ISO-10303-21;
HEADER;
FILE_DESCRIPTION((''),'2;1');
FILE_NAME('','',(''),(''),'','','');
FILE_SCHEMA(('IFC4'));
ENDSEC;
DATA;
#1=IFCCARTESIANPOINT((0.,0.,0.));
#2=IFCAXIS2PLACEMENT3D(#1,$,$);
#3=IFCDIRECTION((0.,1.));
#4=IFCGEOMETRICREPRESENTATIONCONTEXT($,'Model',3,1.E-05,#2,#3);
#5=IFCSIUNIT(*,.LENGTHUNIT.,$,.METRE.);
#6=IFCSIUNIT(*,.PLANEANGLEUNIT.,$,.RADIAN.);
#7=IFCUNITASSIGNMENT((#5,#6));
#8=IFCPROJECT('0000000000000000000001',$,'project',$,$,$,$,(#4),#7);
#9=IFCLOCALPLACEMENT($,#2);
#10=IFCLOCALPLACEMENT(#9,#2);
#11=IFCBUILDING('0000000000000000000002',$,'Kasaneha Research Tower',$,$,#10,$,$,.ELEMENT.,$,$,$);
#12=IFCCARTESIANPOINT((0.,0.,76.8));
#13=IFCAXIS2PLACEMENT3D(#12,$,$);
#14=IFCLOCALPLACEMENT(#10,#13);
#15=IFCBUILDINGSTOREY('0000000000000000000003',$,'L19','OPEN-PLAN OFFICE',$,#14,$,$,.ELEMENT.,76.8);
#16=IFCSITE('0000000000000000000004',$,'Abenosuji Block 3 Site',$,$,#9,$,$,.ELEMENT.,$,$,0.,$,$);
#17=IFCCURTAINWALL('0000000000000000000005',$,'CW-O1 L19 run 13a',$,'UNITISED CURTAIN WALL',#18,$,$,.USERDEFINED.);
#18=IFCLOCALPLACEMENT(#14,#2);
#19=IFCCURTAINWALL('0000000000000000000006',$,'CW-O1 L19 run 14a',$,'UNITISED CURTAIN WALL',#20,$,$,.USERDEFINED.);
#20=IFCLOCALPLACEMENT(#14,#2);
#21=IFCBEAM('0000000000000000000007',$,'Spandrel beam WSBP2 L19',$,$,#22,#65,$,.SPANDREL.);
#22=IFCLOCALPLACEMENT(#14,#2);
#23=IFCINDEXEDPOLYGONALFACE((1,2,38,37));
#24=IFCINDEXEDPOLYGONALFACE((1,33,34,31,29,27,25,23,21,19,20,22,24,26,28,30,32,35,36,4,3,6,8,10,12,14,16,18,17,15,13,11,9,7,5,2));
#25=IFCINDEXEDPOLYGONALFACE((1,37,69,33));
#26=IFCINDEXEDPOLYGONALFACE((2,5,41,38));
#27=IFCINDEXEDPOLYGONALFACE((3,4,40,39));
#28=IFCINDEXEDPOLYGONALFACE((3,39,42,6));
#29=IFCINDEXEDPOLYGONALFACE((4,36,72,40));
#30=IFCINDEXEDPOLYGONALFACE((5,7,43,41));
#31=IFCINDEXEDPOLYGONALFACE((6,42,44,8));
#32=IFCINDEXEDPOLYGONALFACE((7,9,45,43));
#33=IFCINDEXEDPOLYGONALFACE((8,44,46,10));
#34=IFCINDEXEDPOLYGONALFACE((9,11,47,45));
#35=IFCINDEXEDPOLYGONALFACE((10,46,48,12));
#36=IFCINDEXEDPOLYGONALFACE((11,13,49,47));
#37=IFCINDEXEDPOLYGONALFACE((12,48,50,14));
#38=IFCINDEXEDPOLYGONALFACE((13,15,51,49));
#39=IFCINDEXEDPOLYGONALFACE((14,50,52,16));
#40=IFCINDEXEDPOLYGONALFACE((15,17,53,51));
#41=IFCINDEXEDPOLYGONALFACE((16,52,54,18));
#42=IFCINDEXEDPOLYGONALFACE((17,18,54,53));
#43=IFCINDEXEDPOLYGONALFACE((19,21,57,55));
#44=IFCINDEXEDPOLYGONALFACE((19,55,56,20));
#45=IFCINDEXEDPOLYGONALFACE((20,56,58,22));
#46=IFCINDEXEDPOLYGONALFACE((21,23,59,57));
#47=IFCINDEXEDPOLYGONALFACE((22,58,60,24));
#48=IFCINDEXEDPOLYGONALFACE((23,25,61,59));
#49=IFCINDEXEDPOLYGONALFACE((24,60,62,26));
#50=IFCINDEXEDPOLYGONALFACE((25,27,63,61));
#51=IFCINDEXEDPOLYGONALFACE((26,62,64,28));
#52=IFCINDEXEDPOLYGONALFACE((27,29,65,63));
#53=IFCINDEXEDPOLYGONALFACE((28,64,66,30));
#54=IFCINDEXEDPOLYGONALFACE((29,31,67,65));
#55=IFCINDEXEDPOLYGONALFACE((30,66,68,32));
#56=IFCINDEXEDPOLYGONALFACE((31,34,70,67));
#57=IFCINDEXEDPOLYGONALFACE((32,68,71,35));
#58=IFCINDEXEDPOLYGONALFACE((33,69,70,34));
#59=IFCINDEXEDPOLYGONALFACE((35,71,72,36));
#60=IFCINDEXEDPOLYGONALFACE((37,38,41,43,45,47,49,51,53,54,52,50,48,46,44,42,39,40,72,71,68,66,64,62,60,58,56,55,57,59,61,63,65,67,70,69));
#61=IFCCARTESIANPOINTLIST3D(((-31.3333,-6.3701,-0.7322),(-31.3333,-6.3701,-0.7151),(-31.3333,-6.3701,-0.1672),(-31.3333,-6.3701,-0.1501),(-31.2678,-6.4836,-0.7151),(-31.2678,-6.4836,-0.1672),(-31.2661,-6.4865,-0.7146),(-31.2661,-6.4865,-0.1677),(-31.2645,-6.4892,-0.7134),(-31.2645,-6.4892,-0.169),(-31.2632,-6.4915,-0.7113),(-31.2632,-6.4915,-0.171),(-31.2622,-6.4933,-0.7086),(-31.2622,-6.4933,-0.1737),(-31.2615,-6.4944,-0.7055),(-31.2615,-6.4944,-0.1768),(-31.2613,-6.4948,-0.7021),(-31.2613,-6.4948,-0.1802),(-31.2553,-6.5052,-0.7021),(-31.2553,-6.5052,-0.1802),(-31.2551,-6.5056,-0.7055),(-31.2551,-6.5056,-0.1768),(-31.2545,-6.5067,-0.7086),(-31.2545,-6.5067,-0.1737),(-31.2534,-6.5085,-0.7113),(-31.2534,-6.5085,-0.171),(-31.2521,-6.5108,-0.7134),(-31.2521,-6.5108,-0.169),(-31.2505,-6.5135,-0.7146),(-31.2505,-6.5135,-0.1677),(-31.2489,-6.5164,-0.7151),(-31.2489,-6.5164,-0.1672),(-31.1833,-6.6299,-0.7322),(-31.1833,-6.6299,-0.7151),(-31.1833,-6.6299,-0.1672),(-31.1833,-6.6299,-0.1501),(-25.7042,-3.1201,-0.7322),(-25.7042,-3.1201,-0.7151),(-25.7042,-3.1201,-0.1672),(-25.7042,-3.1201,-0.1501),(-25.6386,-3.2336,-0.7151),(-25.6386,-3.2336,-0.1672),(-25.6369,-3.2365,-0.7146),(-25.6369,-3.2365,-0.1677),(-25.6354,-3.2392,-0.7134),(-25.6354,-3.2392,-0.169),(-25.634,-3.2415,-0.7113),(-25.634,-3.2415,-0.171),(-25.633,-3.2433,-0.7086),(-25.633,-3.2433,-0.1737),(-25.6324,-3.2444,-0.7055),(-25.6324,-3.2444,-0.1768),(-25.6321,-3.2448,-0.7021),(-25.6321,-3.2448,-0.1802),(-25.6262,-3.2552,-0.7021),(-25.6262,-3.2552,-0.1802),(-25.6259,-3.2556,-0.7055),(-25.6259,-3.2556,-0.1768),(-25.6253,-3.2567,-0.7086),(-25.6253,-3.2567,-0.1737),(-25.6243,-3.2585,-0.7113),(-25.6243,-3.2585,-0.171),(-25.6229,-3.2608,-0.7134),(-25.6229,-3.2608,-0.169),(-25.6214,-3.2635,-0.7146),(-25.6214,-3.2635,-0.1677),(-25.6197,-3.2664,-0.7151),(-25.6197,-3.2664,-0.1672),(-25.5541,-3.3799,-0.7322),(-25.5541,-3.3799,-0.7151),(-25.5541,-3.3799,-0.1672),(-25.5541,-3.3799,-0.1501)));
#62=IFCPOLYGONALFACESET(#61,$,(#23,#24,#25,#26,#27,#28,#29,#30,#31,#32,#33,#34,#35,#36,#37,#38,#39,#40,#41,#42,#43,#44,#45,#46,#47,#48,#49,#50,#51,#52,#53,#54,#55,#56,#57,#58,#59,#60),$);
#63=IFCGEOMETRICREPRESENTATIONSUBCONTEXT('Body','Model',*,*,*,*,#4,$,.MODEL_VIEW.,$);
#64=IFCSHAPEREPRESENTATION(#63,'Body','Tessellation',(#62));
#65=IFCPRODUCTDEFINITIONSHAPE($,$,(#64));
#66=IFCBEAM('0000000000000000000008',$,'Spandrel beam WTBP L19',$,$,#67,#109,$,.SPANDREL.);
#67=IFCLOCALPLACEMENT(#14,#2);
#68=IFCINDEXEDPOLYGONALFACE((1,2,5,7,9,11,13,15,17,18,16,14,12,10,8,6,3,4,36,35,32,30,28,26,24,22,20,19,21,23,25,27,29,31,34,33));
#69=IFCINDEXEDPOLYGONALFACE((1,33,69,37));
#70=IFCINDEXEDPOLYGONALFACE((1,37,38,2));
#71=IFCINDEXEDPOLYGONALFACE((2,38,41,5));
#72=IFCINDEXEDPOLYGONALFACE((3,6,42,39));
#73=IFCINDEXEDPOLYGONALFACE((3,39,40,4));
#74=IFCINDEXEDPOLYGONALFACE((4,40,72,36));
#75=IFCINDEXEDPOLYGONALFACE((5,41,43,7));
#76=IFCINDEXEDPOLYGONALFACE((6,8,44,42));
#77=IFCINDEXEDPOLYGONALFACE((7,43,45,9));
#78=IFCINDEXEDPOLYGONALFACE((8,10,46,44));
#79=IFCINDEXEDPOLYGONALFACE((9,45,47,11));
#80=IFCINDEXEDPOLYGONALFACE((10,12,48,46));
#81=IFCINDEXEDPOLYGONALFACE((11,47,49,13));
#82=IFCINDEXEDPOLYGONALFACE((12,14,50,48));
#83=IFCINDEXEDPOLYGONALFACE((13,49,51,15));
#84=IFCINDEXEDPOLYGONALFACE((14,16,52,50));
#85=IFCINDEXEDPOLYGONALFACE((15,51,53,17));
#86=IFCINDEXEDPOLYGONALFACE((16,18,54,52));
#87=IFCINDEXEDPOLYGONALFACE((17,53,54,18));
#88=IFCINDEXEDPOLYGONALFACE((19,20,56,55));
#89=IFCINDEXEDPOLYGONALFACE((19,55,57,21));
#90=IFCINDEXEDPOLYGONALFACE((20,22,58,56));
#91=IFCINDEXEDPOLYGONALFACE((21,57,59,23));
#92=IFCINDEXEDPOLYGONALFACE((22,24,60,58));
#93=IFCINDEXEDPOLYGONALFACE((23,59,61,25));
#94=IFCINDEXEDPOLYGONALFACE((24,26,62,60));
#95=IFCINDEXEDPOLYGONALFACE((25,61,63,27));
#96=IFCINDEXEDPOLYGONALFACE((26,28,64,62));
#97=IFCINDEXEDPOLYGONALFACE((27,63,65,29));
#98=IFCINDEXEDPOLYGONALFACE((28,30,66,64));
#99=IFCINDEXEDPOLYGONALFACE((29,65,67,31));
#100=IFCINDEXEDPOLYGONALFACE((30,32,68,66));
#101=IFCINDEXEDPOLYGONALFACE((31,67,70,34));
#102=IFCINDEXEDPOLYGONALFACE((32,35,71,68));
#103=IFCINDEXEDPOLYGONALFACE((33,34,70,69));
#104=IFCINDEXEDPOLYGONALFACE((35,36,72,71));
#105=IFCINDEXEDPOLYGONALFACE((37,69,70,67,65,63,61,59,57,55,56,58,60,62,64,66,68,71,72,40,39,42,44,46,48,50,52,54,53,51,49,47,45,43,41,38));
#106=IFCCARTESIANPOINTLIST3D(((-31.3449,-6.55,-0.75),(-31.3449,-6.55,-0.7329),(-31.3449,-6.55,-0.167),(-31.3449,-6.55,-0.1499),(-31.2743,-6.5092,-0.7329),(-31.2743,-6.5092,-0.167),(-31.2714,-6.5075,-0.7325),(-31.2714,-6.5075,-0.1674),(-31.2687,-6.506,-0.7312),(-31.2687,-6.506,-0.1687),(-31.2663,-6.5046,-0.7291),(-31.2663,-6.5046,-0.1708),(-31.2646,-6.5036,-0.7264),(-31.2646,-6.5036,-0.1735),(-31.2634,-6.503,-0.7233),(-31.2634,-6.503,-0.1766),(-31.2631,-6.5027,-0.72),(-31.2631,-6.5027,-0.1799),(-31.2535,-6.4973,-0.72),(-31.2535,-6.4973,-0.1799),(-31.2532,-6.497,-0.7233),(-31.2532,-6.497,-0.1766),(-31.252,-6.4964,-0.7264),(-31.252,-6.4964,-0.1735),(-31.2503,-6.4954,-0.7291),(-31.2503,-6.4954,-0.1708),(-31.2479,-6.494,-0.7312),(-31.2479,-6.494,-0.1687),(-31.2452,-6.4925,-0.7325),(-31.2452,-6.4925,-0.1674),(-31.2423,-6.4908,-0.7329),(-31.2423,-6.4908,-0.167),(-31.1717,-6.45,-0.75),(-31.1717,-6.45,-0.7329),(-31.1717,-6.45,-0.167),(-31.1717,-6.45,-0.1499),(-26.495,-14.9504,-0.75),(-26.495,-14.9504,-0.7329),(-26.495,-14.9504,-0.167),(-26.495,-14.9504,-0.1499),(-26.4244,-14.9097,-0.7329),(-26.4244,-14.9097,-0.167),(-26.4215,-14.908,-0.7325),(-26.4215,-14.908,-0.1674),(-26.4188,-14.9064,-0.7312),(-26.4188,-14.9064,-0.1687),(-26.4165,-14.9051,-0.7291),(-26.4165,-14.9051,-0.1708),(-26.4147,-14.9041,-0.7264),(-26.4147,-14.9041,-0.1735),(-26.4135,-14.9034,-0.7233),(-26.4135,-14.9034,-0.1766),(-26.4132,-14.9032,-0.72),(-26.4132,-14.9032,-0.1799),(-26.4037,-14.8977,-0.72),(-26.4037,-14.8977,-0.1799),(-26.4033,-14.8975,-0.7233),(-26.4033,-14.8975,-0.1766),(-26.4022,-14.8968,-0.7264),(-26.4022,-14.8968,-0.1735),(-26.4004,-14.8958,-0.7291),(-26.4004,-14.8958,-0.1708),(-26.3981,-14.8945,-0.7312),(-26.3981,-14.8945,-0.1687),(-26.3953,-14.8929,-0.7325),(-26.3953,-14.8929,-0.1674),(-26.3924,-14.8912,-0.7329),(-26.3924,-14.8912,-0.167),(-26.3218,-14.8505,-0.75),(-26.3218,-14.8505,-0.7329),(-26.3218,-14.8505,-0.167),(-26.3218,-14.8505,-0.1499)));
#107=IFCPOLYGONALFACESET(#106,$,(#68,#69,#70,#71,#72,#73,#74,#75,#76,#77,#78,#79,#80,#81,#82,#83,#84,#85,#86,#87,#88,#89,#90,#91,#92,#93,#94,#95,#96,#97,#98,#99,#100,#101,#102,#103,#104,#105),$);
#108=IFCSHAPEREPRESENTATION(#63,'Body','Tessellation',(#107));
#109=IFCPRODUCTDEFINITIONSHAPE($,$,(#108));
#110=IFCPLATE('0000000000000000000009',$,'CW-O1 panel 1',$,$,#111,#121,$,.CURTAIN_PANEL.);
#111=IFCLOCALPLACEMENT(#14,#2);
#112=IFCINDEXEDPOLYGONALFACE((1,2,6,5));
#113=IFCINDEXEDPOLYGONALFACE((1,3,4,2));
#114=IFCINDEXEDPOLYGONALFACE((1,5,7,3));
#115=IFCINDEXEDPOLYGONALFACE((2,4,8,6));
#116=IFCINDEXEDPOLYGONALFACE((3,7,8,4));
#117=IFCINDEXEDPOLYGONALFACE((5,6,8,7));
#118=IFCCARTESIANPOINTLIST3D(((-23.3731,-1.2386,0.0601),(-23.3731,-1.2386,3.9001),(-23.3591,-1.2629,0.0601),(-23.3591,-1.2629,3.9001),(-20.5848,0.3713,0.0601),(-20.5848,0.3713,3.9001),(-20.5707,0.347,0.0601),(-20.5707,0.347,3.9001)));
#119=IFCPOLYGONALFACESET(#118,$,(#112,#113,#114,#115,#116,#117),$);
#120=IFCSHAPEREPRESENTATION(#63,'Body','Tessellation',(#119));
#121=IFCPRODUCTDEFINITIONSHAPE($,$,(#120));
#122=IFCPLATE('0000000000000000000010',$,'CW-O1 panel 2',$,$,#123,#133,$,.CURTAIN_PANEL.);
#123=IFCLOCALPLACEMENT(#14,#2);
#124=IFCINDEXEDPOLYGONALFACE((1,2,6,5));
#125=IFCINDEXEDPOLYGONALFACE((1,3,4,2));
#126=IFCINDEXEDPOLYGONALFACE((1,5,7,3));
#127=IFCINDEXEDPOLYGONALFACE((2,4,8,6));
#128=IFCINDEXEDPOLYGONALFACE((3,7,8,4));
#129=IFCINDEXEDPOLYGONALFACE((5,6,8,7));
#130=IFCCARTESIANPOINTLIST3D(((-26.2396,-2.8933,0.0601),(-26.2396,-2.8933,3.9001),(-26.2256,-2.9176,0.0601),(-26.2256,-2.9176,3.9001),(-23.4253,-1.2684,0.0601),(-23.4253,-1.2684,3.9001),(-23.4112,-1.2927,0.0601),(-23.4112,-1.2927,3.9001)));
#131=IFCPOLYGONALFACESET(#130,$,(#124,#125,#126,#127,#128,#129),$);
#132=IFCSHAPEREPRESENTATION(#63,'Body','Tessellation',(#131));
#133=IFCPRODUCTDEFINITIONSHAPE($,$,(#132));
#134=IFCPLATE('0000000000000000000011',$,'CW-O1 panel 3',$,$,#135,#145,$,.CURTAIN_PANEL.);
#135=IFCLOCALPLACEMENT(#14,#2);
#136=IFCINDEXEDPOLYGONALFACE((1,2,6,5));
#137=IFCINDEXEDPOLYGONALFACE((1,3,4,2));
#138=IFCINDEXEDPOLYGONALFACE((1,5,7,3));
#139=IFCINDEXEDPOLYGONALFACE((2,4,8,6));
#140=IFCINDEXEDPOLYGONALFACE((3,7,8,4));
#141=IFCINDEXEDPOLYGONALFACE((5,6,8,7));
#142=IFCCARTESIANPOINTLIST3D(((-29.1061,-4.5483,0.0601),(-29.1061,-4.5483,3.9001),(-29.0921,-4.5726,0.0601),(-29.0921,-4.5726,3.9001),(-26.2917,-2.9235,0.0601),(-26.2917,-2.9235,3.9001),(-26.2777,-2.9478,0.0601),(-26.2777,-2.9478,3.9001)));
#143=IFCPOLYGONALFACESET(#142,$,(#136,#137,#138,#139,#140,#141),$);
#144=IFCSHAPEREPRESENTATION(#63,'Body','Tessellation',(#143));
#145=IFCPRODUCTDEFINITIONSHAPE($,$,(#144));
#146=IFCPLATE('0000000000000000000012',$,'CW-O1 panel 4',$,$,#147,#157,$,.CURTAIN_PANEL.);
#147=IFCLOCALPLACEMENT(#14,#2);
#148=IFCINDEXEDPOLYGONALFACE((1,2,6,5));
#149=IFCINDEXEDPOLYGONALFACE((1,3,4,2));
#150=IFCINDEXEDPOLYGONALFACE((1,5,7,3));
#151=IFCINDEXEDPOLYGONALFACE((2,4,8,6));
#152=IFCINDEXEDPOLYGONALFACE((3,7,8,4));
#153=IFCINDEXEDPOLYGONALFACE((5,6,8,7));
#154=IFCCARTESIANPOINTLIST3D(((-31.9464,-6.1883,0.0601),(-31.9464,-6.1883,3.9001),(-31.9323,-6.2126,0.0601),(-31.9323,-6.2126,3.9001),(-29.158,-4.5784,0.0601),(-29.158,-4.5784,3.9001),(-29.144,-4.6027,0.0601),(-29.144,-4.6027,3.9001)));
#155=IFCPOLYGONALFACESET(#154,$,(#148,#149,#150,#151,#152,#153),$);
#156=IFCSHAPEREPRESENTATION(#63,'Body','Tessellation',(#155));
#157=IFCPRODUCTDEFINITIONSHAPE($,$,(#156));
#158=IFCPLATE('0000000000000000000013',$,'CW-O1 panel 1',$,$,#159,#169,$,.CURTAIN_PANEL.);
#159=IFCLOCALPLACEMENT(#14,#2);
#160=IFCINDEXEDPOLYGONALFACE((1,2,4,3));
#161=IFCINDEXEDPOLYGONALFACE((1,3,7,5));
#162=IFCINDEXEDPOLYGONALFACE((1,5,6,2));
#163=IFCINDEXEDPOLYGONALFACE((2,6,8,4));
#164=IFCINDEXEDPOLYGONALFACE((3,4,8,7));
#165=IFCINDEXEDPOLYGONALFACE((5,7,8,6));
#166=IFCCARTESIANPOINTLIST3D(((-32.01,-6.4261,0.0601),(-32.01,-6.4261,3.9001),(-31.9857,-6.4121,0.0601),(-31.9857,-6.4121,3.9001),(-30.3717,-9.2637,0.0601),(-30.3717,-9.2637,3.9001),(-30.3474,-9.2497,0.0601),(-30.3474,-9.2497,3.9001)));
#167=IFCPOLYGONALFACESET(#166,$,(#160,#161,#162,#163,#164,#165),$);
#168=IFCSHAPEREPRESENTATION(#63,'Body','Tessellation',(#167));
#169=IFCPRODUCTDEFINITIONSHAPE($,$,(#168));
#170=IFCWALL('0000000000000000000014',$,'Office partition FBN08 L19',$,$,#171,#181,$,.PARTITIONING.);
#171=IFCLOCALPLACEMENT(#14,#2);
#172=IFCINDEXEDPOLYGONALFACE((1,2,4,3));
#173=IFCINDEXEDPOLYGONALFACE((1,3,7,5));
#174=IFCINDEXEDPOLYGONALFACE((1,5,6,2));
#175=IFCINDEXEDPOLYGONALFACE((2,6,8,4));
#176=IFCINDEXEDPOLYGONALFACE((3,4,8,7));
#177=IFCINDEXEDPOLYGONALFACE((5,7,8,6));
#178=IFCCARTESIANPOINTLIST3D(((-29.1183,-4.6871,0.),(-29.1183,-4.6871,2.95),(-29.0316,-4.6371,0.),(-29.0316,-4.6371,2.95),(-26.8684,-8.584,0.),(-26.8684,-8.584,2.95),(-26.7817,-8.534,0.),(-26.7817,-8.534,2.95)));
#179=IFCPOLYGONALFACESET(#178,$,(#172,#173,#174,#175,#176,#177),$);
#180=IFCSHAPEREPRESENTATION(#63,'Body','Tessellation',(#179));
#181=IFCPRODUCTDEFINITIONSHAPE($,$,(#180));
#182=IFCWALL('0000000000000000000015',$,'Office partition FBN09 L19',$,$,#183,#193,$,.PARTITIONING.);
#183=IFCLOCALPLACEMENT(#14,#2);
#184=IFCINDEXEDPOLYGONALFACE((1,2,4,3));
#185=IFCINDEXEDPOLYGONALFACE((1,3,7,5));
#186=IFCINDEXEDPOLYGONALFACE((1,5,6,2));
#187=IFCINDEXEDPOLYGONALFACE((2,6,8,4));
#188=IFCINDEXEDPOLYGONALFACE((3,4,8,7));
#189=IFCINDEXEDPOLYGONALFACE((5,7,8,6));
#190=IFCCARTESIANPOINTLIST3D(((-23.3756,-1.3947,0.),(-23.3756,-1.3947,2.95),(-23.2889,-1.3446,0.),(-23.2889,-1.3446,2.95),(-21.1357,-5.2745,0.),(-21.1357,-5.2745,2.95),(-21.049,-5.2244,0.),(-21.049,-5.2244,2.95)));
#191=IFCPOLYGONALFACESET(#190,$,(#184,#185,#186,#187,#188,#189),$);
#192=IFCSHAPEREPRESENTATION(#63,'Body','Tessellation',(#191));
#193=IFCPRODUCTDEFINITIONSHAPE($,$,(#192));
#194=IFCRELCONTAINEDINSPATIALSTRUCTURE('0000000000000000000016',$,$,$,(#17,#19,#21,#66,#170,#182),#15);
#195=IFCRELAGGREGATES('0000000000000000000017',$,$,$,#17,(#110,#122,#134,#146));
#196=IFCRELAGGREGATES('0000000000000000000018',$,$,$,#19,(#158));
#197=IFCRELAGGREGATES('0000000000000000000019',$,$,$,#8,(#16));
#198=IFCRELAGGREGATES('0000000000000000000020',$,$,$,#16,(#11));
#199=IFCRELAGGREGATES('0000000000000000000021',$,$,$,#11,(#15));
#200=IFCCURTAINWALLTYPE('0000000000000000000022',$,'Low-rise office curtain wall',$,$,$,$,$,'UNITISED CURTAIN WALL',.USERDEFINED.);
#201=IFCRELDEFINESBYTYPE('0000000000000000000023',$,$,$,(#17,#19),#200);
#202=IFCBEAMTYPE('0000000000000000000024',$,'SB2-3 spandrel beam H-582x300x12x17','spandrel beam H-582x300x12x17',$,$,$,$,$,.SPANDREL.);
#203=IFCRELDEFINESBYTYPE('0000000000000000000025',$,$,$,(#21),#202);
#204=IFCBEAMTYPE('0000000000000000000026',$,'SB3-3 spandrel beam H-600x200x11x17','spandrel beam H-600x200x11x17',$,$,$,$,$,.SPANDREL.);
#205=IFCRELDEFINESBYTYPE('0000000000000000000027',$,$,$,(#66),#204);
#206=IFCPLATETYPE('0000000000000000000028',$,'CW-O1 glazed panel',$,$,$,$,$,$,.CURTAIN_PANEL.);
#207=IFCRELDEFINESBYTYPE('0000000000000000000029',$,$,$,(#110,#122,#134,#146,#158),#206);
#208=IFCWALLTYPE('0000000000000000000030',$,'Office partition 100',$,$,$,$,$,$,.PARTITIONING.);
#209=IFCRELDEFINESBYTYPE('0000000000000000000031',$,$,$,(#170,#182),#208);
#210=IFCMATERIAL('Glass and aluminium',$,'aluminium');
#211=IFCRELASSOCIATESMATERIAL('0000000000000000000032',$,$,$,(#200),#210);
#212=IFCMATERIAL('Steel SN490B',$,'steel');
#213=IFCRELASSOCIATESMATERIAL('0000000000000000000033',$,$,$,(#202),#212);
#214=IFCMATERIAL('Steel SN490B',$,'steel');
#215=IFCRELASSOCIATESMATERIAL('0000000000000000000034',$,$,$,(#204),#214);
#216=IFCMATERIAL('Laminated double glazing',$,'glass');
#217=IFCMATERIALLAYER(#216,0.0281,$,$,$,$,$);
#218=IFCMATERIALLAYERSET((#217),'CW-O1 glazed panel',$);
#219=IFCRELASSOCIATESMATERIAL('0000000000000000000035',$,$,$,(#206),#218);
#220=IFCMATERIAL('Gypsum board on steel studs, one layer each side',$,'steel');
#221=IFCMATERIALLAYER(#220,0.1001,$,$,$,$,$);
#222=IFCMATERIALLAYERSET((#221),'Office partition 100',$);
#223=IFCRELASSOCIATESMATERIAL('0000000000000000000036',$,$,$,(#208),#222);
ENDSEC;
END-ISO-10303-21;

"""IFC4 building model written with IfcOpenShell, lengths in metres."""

from ifc_helpers import new_model, si_unit, direction, frame, frame_2d, origin, origin_2d, place, context, subcontext, project, spatial, rectangle, i_section, extrude, material, layer, layer_set, material_profile, profile_set, type_object, element, aggregate, save


model = new_model("IFC4")

# Units and contexts
model_context = context("Model", 3, precision=1e-05, world=origin(), true_north=direction((0.0, 1.0)))
body_context = subcontext(model_context, "Body", "Model", "MODEL_VIEW")
ifc_project = project(units=[si_unit("LENGTHUNIT", "METRE"), si_unit("PLANEANGLEUNIT", "RADIAN")], contexts=[model_context])

# Site, building, storey
site_placement = place(None, origin())
site = spatial("IfcSite", under=ifc_project, at=site_placement, Name="Abenosuji Block 3 Site", CompositionType="ELEMENT", RefElevation=0.0)
building_placement = place(site_placement, origin())
building = spatial("IfcBuilding", under=site, at=building_placement, Name="Kasaneha Research Tower", CompositionType="ELEMENT")
storey_placement = place(building_placement, frame((0.0, 0.0, 76.8)))
storey = spatial("IfcBuildingStorey", under=building, at=storey_placement, Name="L19", Description="OPEN-PLAN OFFICE", CompositionType="ELEMENT", Elevation=76.8)

# Curtain walls
ifc_material_1 = material(Name="Glass and aluminium", Category="aluminium")
curtain_wall_type = type_object("IfcCurtainWallType", Name="Low-rise office curtain wall", ElementType="UNITISED CURTAIN WALL", PredefinedType="USERDEFINED", material=ifc_material_1)
curtain_wall_1_placement = place(storey_placement, origin())
curtain_wall_1 = element("IfcCurtainWall", 1, at=curtain_wall_1_placement, inside=storey, type_object=curtain_wall_type, Name="CW-O1 L19 run 13a", ObjectType="UNITISED CURTAIN WALL", PredefinedType="USERDEFINED")
curtain_wall_2_placement = place(storey_placement, origin())
curtain_wall_2 = element("IfcCurtainWall", 2, at=curtain_wall_2_placement, inside=storey, type_object=curtain_wall_type, Name="CW-O1 L19 run 14a", ObjectType="UNITISED CURTAIN WALL", PredefinedType="USERDEFINED")

# Beams
ifc_material_2 = material(Name="Steel SN490B", Category="steel")
ifc_material_profile_1 = material_profile(ifc_material_2, i_section(OverallWidth=0.3, OverallDepth=0.582, WebThickness=0.012, FlangeThickness=0.0171, FilletRadius=0.0129, at=origin_2d()), Name="H-582x300x12x17")
ifc_profile_set_1 = profile_set([ifc_material_profile_1], Name="Steel SN490B")
beam_type_1 = type_object("IfcBeamType", Name="SB2-3 spandrel beam H-582x300x12x17", Description="spandrel beam H-582x300x12x17", PredefinedType="SPANDREL", material=ifc_profile_set_1)
beam_1_placement = place(storey_placement, frame((-25.6292, -3.25, -0.4412), z_axis=(-0.866025, -0.500001, 0.0), x_axis=(0.500001, -0.866025, 0.0)))
element("IfcBeam", 3, at=beam_1_placement, inside=storey, type_object=beam_type_1, Name="Spandrel beam WSBP2 L19", PredefinedType="SPANDREL", context=body_context, shape_type="SweptSolid", body=[
    extrude(i_section(OverallWidth=0.3, OverallDepth=0.582, WebThickness=0.012, FlangeThickness=0.0171, FilletRadius=0.0129, at=origin_2d()), origin(), (0.0, 0.0, 1.0), 6.5),
])
ifc_material_3 = material(Name="Steel SN490B", Category="steel")
ifc_material_profile_2 = material_profile(ifc_material_3, i_section(OverallWidth=0.2, OverallDepth=0.6001, WebThickness=0.011, FlangeThickness=0.0171, FilletRadius=0.0129, at=origin_2d()), Name="H-600x200x11x17")
ifc_profile_set_2 = profile_set([ifc_material_profile_2], Name="Steel SN490B")
beam_type_2 = type_object("IfcBeamType", Name="SB3-3 spandrel beam H-600x200x11x17", Description="spandrel beam H-600x200x11x17", PredefinedType="SPANDREL", material=ifc_profile_set_2)
beam_2_placement = place(storey_placement, frame((-31.2583, -6.5, -0.45), z_axis=(0.499991, -0.866031, 0.0), x_axis=(0.866031, 0.499991, 0.0)))
element("IfcBeam", 4, at=beam_2_placement, inside=storey, type_object=beam_type_2, Name="Spandrel beam WTBP L19", PredefinedType="SPANDREL", context=body_context, shape_type="SweptSolid", body=[
    extrude(i_section(OverallWidth=0.2, OverallDepth=0.6001, WebThickness=0.011, FlangeThickness=0.0171, FilletRadius=0.0129, at=origin_2d()), origin(), (0.0, 0.0, 1.0), 9.7),
])

# Plates
ifc_material_4 = material(Name="Laminated double glazing", Category="glass")
ifc_layer_1 = layer(ifc_material_4, 0.0281)
ifc_layer_set_1 = layer_set([ifc_layer_1], Name="CW-O1 glazed panel")
plate_type = type_object("IfcPlateType", Name="CW-O1 glazed panel", PredefinedType="CURTAIN_PANEL", material=ifc_layer_set_1)
plate_1_placement = place(storey_placement, frame((-21.9719, -0.4458, 0.0601), z_axis=(0.0, 0.0, 1.0), x_axis=(-0.866025, -0.5, 0.0)))
plate_1 = element("IfcPlate", 5, at=plate_1_placement, type_object=plate_type, Name="CW-O1 panel 1", PredefinedType="CURTAIN_PANEL", context=body_context, shape_type="SweptSolid", body=[
    extrude(rectangle(XDim=3.2197, YDim=0.0281, at=origin_2d()), origin(), (0.0, 0.0, 1.0), 3.8401),
])
plate_2_placement = place(storey_placement, frame((-24.8254, -2.093, 0.0601), z_axis=(0.0, 0.0, 1.0), x_axis=(-0.866025, -0.5, 0.0)))
plate_2 = element("IfcPlate", 6, at=plate_2_placement, type_object=plate_type, Name="CW-O1 panel 2", PredefinedType="CURTAIN_PANEL", context=body_context, shape_type="SweptSolid", body=[
    extrude(rectangle(XDim=3.2498, YDim=0.0281, at=origin_2d()), origin(), (0.0, 0.0, 1.0), 3.8401),
])
plate_3_placement = place(storey_placement, frame((-27.6919, -3.748, 0.0601), z_axis=(0.0, 0.0, 1.0), x_axis=(-0.866025, -0.5, 0.0)))
plate_3 = element("IfcPlate", 7, at=plate_3_placement, type_object=plate_type, Name="CW-O1 panel 3", PredefinedType="CURTAIN_PANEL", context=body_context, shape_type="SweptSolid", body=[
    extrude(rectangle(XDim=3.2498, YDim=0.0281, at=origin_2d()), origin(), (0.0, 0.0, 1.0), 3.8401),
])
plate_4_placement = place(storey_placement, frame((-30.5452, -5.3955, 0.0601), z_axis=(0.0, 0.0, 1.0), x_axis=(-0.866025, -0.5, 0.0)))
plate_4 = element("IfcPlate", 8, at=plate_4_placement, type_object=plate_type, Name="CW-O1 panel 4", PredefinedType="CURTAIN_PANEL", context=body_context, shape_type="SweptSolid", body=[
    extrude(rectangle(XDim=3.2197, YDim=0.0281, at=origin_2d()), origin(), (0.0, 0.0, 1.0), 3.8401),
])
aggregate(curtain_wall_1, [plate_1, plate_2, plate_3, plate_4])
plate_5_placement = place(storey_placement, frame((-31.1787, -7.8379, 0.0601), z_axis=(0.0, 0.0, 1.0), x_axis=(0.5, -0.866025, 0.0)))
plate_5 = element("IfcPlate", 9, at=plate_5_placement, type_object=plate_type, Name="CW-O1 panel 1", PredefinedType="CURTAIN_PANEL", context=body_context, shape_type="SweptSolid", body=[
    extrude(rectangle(XDim=3.2766, YDim=0.0281, at=origin_2d()), origin(), (0.0, 0.0, 1.0), 3.8401),
])
aggregate(curtain_wall_2, [plate_5])

# Walls
ifc_material_5 = material(Name="Gypsum board on steel studs, one layer each side", Category="steel")
ifc_layer_2 = layer(ifc_material_5, 0.1001)
ifc_layer_set_2 = layer_set([ifc_layer_2], Name="Office partition 100")
wall_type = type_object("IfcWallType", Name="Office partition 100", PredefinedType="PARTITIONING", material=ifc_layer_set_2)
wall_1_placement = place(storey_placement, frame((-26.825, -8.5591, 0.0), z_axis=(0.0, 0.0, 1.0), x_axis=(-0.500014, 0.866018, 0.0)))
element("IfcWall", 10, at=wall_1_placement, inside=storey, type_object=wall_type, Name="Office partition FBN08 L19", PredefinedType="PARTITIONING", context=body_context, shape_type="SweptSolid", body=[
    extrude(rectangle(XDim=4.4998, YDim=0.1001, at=frame_2d((2.25, 0.0))), origin(), (0.0, 0.0, 1.0), 2.95),
])
wall_2_placement = place(storey_placement, frame((-23.3323, -1.3696, 0.0), z_axis=(0.0, 0.0, 1.0), x_axis=(0.49999, -0.866031, 0.0)))
element("IfcWall", 11, at=wall_2_placement, inside=storey, type_object=wall_type, Name="Office partition FBN09 L19", PredefinedType="PARTITIONING", context=body_context, shape_type="SweptSolid", body=[
    extrude(rectangle(XDim=4.48, YDim=0.1001, at=frame_2d((2.24, 0.0))), origin(), (0.0, 0.0, 1.0), 2.95),
])

save(model, "model.ifc")
